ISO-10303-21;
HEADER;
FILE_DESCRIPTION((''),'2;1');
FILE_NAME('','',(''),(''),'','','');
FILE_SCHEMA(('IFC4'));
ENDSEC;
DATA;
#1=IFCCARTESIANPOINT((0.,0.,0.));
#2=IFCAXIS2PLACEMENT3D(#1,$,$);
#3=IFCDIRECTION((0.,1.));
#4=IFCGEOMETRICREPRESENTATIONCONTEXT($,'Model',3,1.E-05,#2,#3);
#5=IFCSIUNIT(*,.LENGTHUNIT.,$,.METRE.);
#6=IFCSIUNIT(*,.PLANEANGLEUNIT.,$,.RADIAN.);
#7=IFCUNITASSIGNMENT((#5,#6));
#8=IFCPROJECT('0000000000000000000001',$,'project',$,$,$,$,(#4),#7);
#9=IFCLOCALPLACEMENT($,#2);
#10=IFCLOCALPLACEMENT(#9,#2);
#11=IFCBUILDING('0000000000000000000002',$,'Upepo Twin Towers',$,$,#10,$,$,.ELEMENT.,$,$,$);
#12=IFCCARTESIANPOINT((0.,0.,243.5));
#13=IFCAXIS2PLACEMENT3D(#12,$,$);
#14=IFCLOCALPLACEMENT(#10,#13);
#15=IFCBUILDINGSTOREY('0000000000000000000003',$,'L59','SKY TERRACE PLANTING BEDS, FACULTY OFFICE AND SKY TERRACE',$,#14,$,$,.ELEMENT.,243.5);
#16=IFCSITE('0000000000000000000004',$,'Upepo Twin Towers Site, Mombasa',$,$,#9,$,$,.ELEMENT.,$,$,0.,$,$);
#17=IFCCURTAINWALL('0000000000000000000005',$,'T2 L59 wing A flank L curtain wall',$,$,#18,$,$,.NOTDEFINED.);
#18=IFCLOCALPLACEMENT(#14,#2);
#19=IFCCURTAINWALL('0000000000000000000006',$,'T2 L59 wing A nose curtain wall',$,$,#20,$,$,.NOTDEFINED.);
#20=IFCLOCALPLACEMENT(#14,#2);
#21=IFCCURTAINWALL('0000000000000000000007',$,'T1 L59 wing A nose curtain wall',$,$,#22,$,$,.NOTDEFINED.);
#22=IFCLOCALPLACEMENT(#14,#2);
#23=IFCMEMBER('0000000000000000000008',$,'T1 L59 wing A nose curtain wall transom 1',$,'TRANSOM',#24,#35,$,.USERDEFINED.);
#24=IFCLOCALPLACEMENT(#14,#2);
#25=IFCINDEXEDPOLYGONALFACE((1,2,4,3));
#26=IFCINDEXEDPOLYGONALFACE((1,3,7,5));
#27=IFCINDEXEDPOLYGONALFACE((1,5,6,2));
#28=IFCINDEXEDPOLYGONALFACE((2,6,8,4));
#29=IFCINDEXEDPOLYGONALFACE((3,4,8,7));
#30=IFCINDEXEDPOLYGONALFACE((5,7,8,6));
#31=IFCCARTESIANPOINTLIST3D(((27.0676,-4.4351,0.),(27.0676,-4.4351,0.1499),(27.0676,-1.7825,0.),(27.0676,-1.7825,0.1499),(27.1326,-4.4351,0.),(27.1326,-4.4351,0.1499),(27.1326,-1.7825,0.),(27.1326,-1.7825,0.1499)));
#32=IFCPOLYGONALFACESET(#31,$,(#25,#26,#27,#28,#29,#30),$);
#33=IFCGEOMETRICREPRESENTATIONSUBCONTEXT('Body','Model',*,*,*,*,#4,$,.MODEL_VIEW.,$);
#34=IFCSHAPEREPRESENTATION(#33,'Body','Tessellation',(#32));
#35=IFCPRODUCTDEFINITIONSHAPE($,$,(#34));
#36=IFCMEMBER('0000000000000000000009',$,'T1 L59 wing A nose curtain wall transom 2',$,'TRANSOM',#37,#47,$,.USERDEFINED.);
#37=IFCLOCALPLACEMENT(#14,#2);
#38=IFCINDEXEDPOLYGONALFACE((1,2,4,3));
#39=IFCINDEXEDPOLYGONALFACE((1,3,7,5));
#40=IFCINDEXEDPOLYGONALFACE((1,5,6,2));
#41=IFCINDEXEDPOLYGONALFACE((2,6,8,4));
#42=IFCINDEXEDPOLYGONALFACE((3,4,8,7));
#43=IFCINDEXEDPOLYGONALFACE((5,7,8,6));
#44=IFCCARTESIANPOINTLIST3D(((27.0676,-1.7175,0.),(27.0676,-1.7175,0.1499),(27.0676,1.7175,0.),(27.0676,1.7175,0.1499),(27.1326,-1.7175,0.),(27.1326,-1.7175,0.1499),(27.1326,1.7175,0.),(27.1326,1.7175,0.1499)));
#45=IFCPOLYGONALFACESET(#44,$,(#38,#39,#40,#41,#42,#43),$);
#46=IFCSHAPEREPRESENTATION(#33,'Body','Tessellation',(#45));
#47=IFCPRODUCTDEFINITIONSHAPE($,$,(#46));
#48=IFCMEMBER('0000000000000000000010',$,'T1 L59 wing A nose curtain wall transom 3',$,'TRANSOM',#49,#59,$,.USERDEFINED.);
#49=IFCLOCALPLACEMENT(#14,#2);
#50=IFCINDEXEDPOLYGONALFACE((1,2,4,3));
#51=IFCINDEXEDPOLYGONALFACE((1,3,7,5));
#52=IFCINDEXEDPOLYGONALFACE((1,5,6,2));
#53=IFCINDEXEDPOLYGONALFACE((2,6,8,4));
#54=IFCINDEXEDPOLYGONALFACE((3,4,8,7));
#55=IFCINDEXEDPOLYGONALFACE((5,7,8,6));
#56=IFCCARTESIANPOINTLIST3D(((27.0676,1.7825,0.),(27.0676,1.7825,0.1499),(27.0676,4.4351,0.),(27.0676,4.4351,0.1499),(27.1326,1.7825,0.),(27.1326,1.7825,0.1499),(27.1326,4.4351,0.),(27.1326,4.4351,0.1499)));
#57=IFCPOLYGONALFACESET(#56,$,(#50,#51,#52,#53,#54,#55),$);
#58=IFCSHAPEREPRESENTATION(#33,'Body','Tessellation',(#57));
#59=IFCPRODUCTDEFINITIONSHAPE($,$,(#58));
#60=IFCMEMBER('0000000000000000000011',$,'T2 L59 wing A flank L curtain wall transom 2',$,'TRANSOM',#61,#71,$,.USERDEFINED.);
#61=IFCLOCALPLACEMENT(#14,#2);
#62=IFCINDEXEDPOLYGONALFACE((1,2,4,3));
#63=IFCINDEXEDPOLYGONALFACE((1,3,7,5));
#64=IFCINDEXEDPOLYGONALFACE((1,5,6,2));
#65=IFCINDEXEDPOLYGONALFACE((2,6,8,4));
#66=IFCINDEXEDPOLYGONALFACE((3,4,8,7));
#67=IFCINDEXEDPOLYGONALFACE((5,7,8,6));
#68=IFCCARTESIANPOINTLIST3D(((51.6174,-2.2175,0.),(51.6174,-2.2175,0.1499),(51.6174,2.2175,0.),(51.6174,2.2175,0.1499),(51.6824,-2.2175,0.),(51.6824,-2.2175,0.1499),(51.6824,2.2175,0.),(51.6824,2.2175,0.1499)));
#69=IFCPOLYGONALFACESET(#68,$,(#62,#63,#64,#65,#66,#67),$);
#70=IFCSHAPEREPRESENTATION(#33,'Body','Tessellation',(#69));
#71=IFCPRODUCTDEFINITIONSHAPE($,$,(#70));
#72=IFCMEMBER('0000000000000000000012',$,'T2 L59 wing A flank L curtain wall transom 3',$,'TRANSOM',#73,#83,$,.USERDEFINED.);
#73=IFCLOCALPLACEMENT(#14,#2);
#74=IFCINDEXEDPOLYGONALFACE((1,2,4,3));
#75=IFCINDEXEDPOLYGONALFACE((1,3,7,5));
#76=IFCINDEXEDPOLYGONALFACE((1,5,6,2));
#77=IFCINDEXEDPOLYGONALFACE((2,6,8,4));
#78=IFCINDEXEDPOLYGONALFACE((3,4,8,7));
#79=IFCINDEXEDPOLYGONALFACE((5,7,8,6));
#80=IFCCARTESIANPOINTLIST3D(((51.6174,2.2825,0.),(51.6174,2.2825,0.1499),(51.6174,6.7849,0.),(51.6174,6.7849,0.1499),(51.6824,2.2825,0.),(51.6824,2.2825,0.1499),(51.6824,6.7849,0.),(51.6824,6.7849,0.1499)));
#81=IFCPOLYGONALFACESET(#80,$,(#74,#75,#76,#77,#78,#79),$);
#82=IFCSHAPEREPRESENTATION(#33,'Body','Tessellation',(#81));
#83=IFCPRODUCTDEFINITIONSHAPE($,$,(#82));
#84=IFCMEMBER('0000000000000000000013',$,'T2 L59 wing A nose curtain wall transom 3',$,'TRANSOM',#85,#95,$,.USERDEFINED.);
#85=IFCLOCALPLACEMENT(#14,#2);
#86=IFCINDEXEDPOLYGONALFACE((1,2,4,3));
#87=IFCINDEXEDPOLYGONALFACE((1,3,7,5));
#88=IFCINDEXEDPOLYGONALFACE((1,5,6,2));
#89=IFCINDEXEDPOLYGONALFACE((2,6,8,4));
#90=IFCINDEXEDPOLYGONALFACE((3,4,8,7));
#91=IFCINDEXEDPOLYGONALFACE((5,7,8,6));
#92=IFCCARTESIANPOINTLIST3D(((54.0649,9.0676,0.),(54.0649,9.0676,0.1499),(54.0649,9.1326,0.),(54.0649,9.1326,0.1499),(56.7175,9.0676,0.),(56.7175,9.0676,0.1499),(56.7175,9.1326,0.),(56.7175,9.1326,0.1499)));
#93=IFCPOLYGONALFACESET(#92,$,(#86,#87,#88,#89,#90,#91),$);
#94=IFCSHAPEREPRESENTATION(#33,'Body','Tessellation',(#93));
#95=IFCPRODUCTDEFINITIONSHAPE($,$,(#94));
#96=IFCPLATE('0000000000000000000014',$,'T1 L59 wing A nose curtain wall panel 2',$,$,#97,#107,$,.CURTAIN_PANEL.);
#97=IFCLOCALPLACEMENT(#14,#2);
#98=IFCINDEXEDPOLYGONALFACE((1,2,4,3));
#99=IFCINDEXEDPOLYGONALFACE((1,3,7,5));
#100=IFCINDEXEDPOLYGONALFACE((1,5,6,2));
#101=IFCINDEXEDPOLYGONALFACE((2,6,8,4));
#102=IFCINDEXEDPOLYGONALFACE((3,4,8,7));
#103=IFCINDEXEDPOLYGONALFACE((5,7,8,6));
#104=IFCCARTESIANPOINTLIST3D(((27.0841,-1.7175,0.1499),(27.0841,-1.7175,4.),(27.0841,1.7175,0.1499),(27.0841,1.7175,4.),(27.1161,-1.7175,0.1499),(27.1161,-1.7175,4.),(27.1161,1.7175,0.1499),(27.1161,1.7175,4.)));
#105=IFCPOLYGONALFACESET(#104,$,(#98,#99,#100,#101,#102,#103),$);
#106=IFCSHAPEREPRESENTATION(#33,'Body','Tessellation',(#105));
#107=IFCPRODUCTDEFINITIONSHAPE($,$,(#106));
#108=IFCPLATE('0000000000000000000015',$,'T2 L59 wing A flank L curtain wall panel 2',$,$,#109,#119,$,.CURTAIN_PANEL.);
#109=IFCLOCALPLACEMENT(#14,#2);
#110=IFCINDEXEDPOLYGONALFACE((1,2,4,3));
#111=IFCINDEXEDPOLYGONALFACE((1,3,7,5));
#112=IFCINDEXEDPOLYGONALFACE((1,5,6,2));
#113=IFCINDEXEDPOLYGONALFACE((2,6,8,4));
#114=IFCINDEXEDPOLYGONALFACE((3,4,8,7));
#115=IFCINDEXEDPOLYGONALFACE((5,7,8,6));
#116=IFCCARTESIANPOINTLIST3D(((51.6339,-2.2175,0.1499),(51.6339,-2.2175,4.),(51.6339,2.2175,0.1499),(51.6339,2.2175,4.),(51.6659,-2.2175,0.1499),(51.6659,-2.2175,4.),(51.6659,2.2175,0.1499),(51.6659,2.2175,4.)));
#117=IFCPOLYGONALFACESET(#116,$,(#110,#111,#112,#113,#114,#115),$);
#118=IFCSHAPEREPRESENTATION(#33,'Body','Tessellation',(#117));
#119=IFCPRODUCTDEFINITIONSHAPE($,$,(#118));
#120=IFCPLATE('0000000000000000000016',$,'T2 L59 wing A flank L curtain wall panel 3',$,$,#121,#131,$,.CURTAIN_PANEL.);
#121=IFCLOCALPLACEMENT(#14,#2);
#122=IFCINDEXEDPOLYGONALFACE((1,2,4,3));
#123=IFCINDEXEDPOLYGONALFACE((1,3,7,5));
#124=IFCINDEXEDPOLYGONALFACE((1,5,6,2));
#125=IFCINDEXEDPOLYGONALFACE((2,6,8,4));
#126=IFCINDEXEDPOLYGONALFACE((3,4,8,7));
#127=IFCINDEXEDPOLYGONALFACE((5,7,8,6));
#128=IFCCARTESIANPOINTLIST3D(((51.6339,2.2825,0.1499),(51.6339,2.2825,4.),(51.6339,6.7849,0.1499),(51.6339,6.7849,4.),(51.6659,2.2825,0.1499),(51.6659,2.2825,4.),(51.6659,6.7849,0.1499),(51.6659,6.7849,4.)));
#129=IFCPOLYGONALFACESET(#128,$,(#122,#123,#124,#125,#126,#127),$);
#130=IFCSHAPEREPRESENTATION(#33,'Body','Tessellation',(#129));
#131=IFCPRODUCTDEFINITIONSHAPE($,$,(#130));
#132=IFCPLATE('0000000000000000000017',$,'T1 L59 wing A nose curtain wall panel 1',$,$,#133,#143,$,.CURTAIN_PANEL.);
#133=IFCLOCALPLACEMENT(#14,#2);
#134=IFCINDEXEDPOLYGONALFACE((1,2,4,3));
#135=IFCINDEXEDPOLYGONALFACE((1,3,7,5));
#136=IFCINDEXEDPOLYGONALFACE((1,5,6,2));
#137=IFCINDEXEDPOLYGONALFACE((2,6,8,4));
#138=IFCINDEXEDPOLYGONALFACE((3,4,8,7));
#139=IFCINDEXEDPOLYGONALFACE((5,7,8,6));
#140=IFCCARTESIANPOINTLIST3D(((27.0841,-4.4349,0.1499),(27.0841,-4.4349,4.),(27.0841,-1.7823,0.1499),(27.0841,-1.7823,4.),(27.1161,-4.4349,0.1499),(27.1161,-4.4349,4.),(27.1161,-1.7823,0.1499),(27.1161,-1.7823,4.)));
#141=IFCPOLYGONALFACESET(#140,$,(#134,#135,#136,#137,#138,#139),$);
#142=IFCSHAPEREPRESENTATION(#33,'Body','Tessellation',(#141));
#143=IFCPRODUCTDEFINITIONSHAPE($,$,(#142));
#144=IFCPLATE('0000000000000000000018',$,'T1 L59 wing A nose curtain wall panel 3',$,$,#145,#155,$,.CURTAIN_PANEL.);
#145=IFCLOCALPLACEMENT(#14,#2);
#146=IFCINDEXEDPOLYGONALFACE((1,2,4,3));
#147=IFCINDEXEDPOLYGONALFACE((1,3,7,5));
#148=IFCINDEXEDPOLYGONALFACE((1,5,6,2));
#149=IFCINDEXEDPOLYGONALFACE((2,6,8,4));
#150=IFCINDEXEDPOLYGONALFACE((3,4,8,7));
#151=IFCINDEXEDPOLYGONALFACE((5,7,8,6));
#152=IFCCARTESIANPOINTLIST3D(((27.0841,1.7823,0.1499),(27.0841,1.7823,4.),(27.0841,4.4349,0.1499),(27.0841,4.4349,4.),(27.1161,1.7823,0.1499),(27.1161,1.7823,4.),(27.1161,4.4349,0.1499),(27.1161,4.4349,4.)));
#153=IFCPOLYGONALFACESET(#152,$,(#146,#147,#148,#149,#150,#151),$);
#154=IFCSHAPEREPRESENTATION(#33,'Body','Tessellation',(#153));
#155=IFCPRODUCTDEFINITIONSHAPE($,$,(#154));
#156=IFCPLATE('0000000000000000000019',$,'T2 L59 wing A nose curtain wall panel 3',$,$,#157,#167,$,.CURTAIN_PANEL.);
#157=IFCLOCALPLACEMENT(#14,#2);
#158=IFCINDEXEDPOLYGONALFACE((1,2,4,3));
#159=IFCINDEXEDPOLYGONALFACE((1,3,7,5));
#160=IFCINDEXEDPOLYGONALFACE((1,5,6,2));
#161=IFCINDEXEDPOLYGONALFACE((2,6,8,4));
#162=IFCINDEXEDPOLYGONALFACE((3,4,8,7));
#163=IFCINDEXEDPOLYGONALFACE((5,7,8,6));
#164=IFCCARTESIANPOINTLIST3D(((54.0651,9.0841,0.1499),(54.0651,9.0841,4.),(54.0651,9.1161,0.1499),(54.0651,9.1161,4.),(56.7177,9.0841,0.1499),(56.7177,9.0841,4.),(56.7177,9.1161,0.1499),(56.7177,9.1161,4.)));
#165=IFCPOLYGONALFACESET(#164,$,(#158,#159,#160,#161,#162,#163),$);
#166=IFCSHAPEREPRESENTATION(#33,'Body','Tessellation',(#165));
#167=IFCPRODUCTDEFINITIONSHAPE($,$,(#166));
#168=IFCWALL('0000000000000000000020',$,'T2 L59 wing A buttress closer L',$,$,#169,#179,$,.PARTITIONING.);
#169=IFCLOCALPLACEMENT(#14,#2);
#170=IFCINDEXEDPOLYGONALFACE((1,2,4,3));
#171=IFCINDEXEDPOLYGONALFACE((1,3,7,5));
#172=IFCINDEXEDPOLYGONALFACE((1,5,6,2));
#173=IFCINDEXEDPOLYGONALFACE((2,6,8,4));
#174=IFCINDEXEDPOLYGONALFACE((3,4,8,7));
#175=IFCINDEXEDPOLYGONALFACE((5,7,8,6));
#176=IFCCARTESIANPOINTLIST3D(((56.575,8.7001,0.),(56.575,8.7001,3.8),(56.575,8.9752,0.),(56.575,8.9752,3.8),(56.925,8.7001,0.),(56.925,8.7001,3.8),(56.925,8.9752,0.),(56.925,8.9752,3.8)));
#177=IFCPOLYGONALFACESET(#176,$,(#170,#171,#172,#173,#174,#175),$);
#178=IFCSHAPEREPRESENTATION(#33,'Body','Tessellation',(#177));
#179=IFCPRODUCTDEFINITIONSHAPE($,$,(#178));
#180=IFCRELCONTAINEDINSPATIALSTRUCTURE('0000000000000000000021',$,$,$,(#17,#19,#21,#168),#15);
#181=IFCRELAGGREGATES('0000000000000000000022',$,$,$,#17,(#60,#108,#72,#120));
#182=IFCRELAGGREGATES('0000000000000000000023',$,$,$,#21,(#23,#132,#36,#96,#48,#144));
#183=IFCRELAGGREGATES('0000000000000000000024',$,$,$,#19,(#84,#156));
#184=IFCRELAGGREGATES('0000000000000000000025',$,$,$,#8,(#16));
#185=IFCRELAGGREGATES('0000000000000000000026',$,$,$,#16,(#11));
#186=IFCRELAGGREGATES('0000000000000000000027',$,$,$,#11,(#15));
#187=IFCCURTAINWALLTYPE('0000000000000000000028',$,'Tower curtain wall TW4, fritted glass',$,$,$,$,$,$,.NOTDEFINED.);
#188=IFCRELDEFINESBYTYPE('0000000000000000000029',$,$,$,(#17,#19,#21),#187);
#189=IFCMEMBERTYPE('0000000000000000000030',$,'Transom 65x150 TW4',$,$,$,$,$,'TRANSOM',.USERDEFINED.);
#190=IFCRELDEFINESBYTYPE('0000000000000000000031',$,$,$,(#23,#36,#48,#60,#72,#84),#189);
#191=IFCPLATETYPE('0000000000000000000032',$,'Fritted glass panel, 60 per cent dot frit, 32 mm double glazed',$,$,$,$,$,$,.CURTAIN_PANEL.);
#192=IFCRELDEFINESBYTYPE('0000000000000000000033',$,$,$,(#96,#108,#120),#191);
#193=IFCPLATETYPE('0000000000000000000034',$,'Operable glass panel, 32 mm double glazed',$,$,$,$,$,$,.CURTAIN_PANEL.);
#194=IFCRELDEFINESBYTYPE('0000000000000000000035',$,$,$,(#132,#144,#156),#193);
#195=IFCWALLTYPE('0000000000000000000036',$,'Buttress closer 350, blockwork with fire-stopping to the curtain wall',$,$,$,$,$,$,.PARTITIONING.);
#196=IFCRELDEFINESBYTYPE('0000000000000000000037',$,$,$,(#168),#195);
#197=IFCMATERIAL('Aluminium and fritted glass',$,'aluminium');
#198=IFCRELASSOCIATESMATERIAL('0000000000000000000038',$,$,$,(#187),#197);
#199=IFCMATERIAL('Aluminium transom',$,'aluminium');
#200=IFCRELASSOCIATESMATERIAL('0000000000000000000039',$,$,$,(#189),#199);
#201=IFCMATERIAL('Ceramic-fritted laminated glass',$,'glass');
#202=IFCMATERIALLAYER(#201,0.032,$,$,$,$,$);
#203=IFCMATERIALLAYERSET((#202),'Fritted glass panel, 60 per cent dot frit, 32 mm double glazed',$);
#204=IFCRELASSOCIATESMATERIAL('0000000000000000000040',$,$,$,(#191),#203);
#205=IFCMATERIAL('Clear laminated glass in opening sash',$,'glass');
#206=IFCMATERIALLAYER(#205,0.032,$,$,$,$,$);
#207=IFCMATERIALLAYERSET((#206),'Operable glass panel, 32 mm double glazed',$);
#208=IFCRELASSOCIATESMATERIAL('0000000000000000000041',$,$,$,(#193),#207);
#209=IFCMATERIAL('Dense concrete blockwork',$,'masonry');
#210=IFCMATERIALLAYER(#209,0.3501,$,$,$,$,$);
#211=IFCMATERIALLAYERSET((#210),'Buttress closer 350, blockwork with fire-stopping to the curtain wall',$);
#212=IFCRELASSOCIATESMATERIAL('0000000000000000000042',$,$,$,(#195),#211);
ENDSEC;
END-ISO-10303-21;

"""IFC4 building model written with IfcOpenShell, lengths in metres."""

from ifc_helpers import new_model, si_unit, direction, frame, frame_2d, origin, origin_2d, place, context, subcontext, project, spatial, rectangle, extrude, material, layer, layer_set, material_profile, profile_set, type_object, element, aggregate, save


model = new_model("IFC4")

# Units and contexts
model_context = context("Model", 3, precision=1e-05, world=origin(), true_north=direction((0.0, 1.0)))
body_context = subcontext(model_context, "Body", "Model", "MODEL_VIEW")
ifc_project = project(units=[si_unit("LENGTHUNIT", "METRE"), si_unit("PLANEANGLEUNIT", "RADIAN")], contexts=[model_context])

# Site, building, storey
site_placement = place(None, origin())
site = spatial("IfcSite", under=ifc_project, at=site_placement, Name="Upepo Twin Towers Site, Mombasa", CompositionType="ELEMENT", RefElevation=0.0)
building_placement = place(site_placement, origin())
building = spatial("IfcBuilding", under=site, at=building_placement, Name="Upepo Twin Towers", CompositionType="ELEMENT")
storey_placement = place(building_placement, frame((0.0, 0.0, 243.5)))
storey = spatial("IfcBuildingStorey", under=building, at=storey_placement, Name="L59", Description="SKY TERRACE PLANTING BEDS, FACULTY OFFICE AND SKY TERRACE", CompositionType="ELEMENT", Elevation=243.5)

# Curtain wall
ifc_material_1 = material(Name="Aluminium and fritted glass", Category="aluminium")
curtain_wall_type = type_object("IfcCurtainWallType", Name="Tower curtain wall TW4, fritted glass", PredefinedType="NOTDEFINED", material=ifc_material_1)
curtain_wall_1_placement = place(storey_placement, origin())
curtain_wall_1 = element("IfcCurtainWall", 1, at=curtain_wall_1_placement, inside=storey, type_object=curtain_wall_type, Name="T2 L59 wing A flank L curtain wall", PredefinedType="NOTDEFINED")

# Curtain wall
curtain_wall_2_placement = place(storey_placement, origin())
curtain_wall_2 = element("IfcCurtainWall", 2, at=curtain_wall_2_placement, inside=storey, type_object=curtain_wall_type, Name="T2 L59 wing A nose curtain wall", PredefinedType="NOTDEFINED")

# Curtain wall, members
curtain_wall_3_placement = place(storey_placement, origin())
curtain_wall_3 = element("IfcCurtainWall", 3, at=curtain_wall_3_placement, inside=storey, type_object=curtain_wall_type, Name="T1 L59 wing A nose curtain wall", PredefinedType="NOTDEFINED")
ifc_material_2 = material(Name="Aluminium transom", Category="aluminium")
ifc_material_profile_1 = material_profile(ifc_material_2, rectangle(XDim=0.0649, YDim=0.1499, at=origin_2d()), Name="TRANSOM 65x150")
ifc_profile_set_1 = profile_set([ifc_material_profile_1], Name="Aluminium transom")
member_type_1 = type_object("IfcMemberType", Name="Transom 65x150 TW4", ElementType="TRANSOM", PredefinedType="USERDEFINED", material=ifc_profile_set_1)
member_1_placement = place(storey_placement, frame((27.1001, -4.4351, 0.075), z_axis=(0.0, 1.0, 0.0), x_axis=(-1.0, 0.0, 0.0)))
member_1 = element("IfcMember", 4, at=member_1_placement, type_object=member_type_1, Name="T1 L59 wing A nose curtain wall transom 1", ObjectType="TRANSOM", PredefinedType="USERDEFINED", context=body_context, shape_type="SweptSolid", body=[
    extrude(rectangle(XDim=0.0649, YDim=0.1499, at=origin_2d()), origin(), (0.0, 0.0, 1.0), 2.6526),
])
member_2_placement = place(storey_placement, frame((27.1001, -1.7175, 0.075), z_axis=(0.0, 1.0, 0.0), x_axis=(-1.0, 0.0, 0.0)))
member_2 = element("IfcMember", 5, at=member_2_placement, type_object=member_type_1, Name="T1 L59 wing A nose curtain wall transom 2", ObjectType="TRANSOM", PredefinedType="USERDEFINED", context=body_context, shape_type="SweptSolid", body=[
    extrude(rectangle(XDim=0.0649, YDim=0.1499, at=origin_2d()), origin(), (0.0, 0.0, 1.0), 3.4351),
])
member_3_placement = place(storey_placement, frame((27.1001, 1.7825, 0.075), z_axis=(0.0, 1.0, 0.0), x_axis=(-1.0, 0.0, 0.0)))
member_3 = element("IfcMember", 6, at=member_3_placement, type_object=member_type_1, Name="T1 L59 wing A nose curtain wall transom 3", ObjectType="TRANSOM", PredefinedType="USERDEFINED", context=body_context, shape_type="SweptSolid", body=[
    extrude(rectangle(XDim=0.0649, YDim=0.1499, at=origin_2d()), origin(), (0.0, 0.0, 1.0), 2.6526),
])

# Members
member_4_placement = place(storey_placement, frame((51.6499, -2.2175, 0.075), z_axis=(0.0, 1.0, 0.0), x_axis=(-1.0, 0.0, 0.0)))
member_4 = element("IfcMember", 7, at=member_4_placement, type_object=member_type_1, Name="T2 L59 wing A flank L curtain wall transom 2", ObjectType="TRANSOM", PredefinedType="USERDEFINED", context=body_context, shape_type="SweptSolid", body=[
    extrude(rectangle(XDim=0.0649, YDim=0.1499, at=origin_2d()), origin(), (0.0, 0.0, 1.0), 4.4351),
])
member_5_placement = place(storey_placement, frame((51.6499, 2.2825, 0.075), z_axis=(0.0, 1.0, 0.0), x_axis=(-1.0, 0.0, 0.0)))
member_5 = element("IfcMember", 8, at=member_5_placement, type_object=member_type_1, Name="T2 L59 wing A flank L curtain wall transom 3", ObjectType="TRANSOM", PredefinedType="USERDEFINED", context=body_context, shape_type="SweptSolid", body=[
    extrude(rectangle(XDim=0.0649, YDim=0.1499, at=origin_2d()), origin(), (0.0, 0.0, 1.0), 4.5024),
])
member_6_placement = place(storey_placement, frame((56.7175, 9.1001, 0.075), z_axis=(-1.0, 0.0, 0.0), x_axis=(0.0, -1.0, 0.0)))
member_6 = element("IfcMember", 9, at=member_6_placement, type_object=member_type_1, Name="T2 L59 wing A nose curtain wall transom 3", ObjectType="TRANSOM", PredefinedType="USERDEFINED", context=body_context, shape_type="SweptSolid", body=[
    extrude(rectangle(XDim=0.0649, YDim=0.1499, at=origin_2d()), origin(), (0.0, 0.0, 1.0), 2.6526),
])

# Plates
ifc_material_3 = material(Name="Ceramic-fritted laminated glass", Category="glass")
ifc_layer_1 = layer(ifc_material_3, 0.032)
ifc_layer_set_1 = layer_set([ifc_layer_1], Name="Fritted glass panel, 60 per cent dot frit, 32 mm double glazed")
plate_type_1 = type_object("IfcPlateType", Name="Fritted glass panel, 60 per cent dot frit, 32 mm double glazed", PredefinedType="CURTAIN_PANEL", material=ifc_layer_set_1)
plate_1_placement = place(storey_placement, frame((27.1001, 0.0, 0.1499), z_axis=(0.0, 0.0, 1.0), x_axis=(0.0, 1.0, 0.0)))
plate_1 = element("IfcPlate", 10, at=plate_1_placement, type_object=plate_type_1, Name="T1 L59 wing A nose curtain wall panel 2", PredefinedType="CURTAIN_PANEL", context=body_context, shape_type="SweptSolid", body=[
    extrude(rectangle(XDim=3.4351, YDim=0.032, at=origin_2d()), origin(), (0.0, 0.0, 1.0), 3.8501),
])
plate_2_placement = place(storey_placement, frame((51.6499, 0.0, 0.1499), z_axis=(0.0, 0.0, 1.0), x_axis=(0.0, 1.0, 0.0)))
plate_2 = element("IfcPlate", 11, at=plate_2_placement, type_object=plate_type_1, Name="T2 L59 wing A flank L curtain wall panel 2", PredefinedType="CURTAIN_PANEL", context=body_context, shape_type="SweptSolid", body=[
    extrude(rectangle(XDim=4.4351, YDim=0.032, at=origin_2d()), origin(), (0.0, 0.0, 1.0), 3.8501),
])
plate_3_placement = place(storey_placement, frame((51.6499, 4.5337, 0.1499), z_axis=(0.0, 0.0, 1.0), x_axis=(0.0, 1.0, 0.0)))
plate_3 = element("IfcPlate", 12, at=plate_3_placement, type_object=plate_type_1, Name="T2 L59 wing A flank L curtain wall panel 3", PredefinedType="CURTAIN_PANEL", context=body_context, shape_type="SweptSolid", body=[
    extrude(rectangle(XDim=4.5024, YDim=0.032, at=origin_2d()), origin(), (0.0, 0.0, 1.0), 3.8501),
])
aggregate(curtain_wall_1, [member_4, plate_2, member_5, plate_3])
ifc_material_4 = material(Name="Clear laminated glass in opening sash", Category="glass")
ifc_layer_2 = layer(ifc_material_4, 0.032)
ifc_layer_set_2 = layer_set([ifc_layer_2], Name="Operable glass panel, 32 mm double glazed")
plate_type_2 = type_object("IfcPlateType", Name="Operable glass panel, 32 mm double glazed", PredefinedType="CURTAIN_PANEL", material=ifc_layer_set_2)
plate_4_placement = place(storey_placement, frame((27.1001, -3.1086, 0.1499), z_axis=(0.0, 0.0, 1.0), x_axis=(0.0, 1.0, 0.0)))
plate_4 = element("IfcPlate", 13, at=plate_4_placement, type_object=plate_type_2, Name="T1 L59 wing A nose curtain wall panel 1", PredefinedType="CURTAIN_PANEL", context=body_context, shape_type="SweptSolid", body=[
    extrude(rectangle(XDim=2.6526, YDim=0.032, at=origin_2d()), origin(), (0.0, 0.0, 1.0), 3.8501),
])
plate_5_placement = place(storey_placement, frame((27.1001, 3.1086, 0.1499), z_axis=(0.0, 0.0, 1.0), x_axis=(0.0, 1.0, 0.0)))
plate_5 = element("IfcPlate", 14, at=plate_5_placement, type_object=plate_type_2, Name="T1 L59 wing A nose curtain wall panel 3", PredefinedType="CURTAIN_PANEL", context=body_context, shape_type="SweptSolid", body=[
    extrude(rectangle(XDim=2.6526, YDim=0.032, at=origin_2d()), origin(), (0.0, 0.0, 1.0), 3.8501),
])
aggregate(curtain_wall_3, [member_1, plate_4, member_2, plate_1, member_3, plate_5])
plate_6_placement = place(storey_placement, frame((55.3914, 9.1001, 0.1499), z_axis=(0.0, 0.0, 1.0), x_axis=(-1.0, 0.0, 0.0)))
plate_6 = element("IfcPlate", 15, at=plate_6_placement, type_object=plate_type_2, Name="T2 L59 wing A nose curtain wall panel 3", PredefinedType="CURTAIN_PANEL", context=body_context, shape_type="SweptSolid", body=[
    extrude(rectangle(XDim=2.6526, YDim=0.032, at=origin_2d()), origin(), (0.0, 0.0, 1.0), 3.8501),
])
aggregate(curtain_wall_2, [member_6, plate_6])

# Wall
ifc_material_5 = material(Name="Dense concrete blockwork", Category="masonry")
ifc_layer_3 = layer(ifc_material_5, 0.3501)
ifc_layer_set_3 = layer_set([ifc_layer_3], Name="Buttress closer 350, blockwork with fire-stopping to the curtain wall")
wall_type_1 = type_object("IfcWallType", Name="Buttress closer 350, blockwork with fire-stopping to the curtain wall", PredefinedType="PARTITIONING", material=ifc_layer_set_3)
wall_1_placement = place(storey_placement, frame((56.75, 8.7, 0.0), z_axis=(0.0, 0.0, 1.0), x_axis=(0.0, 1.0, 0.0)))
element("IfcWall", 16, at=wall_1_placement, inside=storey, type_object=wall_type_1, Name="T2 L59 wing A buttress closer L", PredefinedType="PARTITIONING", context=body_context, shape_type="SweptSolid", body=[
    extrude(rectangle(XDim=0.2751, YDim=0.3501, at=frame_2d((0.1377, 0.0))), origin(), (0.0, 0.0, 1.0), 3.8),
])

save(model, "model.ifc")
